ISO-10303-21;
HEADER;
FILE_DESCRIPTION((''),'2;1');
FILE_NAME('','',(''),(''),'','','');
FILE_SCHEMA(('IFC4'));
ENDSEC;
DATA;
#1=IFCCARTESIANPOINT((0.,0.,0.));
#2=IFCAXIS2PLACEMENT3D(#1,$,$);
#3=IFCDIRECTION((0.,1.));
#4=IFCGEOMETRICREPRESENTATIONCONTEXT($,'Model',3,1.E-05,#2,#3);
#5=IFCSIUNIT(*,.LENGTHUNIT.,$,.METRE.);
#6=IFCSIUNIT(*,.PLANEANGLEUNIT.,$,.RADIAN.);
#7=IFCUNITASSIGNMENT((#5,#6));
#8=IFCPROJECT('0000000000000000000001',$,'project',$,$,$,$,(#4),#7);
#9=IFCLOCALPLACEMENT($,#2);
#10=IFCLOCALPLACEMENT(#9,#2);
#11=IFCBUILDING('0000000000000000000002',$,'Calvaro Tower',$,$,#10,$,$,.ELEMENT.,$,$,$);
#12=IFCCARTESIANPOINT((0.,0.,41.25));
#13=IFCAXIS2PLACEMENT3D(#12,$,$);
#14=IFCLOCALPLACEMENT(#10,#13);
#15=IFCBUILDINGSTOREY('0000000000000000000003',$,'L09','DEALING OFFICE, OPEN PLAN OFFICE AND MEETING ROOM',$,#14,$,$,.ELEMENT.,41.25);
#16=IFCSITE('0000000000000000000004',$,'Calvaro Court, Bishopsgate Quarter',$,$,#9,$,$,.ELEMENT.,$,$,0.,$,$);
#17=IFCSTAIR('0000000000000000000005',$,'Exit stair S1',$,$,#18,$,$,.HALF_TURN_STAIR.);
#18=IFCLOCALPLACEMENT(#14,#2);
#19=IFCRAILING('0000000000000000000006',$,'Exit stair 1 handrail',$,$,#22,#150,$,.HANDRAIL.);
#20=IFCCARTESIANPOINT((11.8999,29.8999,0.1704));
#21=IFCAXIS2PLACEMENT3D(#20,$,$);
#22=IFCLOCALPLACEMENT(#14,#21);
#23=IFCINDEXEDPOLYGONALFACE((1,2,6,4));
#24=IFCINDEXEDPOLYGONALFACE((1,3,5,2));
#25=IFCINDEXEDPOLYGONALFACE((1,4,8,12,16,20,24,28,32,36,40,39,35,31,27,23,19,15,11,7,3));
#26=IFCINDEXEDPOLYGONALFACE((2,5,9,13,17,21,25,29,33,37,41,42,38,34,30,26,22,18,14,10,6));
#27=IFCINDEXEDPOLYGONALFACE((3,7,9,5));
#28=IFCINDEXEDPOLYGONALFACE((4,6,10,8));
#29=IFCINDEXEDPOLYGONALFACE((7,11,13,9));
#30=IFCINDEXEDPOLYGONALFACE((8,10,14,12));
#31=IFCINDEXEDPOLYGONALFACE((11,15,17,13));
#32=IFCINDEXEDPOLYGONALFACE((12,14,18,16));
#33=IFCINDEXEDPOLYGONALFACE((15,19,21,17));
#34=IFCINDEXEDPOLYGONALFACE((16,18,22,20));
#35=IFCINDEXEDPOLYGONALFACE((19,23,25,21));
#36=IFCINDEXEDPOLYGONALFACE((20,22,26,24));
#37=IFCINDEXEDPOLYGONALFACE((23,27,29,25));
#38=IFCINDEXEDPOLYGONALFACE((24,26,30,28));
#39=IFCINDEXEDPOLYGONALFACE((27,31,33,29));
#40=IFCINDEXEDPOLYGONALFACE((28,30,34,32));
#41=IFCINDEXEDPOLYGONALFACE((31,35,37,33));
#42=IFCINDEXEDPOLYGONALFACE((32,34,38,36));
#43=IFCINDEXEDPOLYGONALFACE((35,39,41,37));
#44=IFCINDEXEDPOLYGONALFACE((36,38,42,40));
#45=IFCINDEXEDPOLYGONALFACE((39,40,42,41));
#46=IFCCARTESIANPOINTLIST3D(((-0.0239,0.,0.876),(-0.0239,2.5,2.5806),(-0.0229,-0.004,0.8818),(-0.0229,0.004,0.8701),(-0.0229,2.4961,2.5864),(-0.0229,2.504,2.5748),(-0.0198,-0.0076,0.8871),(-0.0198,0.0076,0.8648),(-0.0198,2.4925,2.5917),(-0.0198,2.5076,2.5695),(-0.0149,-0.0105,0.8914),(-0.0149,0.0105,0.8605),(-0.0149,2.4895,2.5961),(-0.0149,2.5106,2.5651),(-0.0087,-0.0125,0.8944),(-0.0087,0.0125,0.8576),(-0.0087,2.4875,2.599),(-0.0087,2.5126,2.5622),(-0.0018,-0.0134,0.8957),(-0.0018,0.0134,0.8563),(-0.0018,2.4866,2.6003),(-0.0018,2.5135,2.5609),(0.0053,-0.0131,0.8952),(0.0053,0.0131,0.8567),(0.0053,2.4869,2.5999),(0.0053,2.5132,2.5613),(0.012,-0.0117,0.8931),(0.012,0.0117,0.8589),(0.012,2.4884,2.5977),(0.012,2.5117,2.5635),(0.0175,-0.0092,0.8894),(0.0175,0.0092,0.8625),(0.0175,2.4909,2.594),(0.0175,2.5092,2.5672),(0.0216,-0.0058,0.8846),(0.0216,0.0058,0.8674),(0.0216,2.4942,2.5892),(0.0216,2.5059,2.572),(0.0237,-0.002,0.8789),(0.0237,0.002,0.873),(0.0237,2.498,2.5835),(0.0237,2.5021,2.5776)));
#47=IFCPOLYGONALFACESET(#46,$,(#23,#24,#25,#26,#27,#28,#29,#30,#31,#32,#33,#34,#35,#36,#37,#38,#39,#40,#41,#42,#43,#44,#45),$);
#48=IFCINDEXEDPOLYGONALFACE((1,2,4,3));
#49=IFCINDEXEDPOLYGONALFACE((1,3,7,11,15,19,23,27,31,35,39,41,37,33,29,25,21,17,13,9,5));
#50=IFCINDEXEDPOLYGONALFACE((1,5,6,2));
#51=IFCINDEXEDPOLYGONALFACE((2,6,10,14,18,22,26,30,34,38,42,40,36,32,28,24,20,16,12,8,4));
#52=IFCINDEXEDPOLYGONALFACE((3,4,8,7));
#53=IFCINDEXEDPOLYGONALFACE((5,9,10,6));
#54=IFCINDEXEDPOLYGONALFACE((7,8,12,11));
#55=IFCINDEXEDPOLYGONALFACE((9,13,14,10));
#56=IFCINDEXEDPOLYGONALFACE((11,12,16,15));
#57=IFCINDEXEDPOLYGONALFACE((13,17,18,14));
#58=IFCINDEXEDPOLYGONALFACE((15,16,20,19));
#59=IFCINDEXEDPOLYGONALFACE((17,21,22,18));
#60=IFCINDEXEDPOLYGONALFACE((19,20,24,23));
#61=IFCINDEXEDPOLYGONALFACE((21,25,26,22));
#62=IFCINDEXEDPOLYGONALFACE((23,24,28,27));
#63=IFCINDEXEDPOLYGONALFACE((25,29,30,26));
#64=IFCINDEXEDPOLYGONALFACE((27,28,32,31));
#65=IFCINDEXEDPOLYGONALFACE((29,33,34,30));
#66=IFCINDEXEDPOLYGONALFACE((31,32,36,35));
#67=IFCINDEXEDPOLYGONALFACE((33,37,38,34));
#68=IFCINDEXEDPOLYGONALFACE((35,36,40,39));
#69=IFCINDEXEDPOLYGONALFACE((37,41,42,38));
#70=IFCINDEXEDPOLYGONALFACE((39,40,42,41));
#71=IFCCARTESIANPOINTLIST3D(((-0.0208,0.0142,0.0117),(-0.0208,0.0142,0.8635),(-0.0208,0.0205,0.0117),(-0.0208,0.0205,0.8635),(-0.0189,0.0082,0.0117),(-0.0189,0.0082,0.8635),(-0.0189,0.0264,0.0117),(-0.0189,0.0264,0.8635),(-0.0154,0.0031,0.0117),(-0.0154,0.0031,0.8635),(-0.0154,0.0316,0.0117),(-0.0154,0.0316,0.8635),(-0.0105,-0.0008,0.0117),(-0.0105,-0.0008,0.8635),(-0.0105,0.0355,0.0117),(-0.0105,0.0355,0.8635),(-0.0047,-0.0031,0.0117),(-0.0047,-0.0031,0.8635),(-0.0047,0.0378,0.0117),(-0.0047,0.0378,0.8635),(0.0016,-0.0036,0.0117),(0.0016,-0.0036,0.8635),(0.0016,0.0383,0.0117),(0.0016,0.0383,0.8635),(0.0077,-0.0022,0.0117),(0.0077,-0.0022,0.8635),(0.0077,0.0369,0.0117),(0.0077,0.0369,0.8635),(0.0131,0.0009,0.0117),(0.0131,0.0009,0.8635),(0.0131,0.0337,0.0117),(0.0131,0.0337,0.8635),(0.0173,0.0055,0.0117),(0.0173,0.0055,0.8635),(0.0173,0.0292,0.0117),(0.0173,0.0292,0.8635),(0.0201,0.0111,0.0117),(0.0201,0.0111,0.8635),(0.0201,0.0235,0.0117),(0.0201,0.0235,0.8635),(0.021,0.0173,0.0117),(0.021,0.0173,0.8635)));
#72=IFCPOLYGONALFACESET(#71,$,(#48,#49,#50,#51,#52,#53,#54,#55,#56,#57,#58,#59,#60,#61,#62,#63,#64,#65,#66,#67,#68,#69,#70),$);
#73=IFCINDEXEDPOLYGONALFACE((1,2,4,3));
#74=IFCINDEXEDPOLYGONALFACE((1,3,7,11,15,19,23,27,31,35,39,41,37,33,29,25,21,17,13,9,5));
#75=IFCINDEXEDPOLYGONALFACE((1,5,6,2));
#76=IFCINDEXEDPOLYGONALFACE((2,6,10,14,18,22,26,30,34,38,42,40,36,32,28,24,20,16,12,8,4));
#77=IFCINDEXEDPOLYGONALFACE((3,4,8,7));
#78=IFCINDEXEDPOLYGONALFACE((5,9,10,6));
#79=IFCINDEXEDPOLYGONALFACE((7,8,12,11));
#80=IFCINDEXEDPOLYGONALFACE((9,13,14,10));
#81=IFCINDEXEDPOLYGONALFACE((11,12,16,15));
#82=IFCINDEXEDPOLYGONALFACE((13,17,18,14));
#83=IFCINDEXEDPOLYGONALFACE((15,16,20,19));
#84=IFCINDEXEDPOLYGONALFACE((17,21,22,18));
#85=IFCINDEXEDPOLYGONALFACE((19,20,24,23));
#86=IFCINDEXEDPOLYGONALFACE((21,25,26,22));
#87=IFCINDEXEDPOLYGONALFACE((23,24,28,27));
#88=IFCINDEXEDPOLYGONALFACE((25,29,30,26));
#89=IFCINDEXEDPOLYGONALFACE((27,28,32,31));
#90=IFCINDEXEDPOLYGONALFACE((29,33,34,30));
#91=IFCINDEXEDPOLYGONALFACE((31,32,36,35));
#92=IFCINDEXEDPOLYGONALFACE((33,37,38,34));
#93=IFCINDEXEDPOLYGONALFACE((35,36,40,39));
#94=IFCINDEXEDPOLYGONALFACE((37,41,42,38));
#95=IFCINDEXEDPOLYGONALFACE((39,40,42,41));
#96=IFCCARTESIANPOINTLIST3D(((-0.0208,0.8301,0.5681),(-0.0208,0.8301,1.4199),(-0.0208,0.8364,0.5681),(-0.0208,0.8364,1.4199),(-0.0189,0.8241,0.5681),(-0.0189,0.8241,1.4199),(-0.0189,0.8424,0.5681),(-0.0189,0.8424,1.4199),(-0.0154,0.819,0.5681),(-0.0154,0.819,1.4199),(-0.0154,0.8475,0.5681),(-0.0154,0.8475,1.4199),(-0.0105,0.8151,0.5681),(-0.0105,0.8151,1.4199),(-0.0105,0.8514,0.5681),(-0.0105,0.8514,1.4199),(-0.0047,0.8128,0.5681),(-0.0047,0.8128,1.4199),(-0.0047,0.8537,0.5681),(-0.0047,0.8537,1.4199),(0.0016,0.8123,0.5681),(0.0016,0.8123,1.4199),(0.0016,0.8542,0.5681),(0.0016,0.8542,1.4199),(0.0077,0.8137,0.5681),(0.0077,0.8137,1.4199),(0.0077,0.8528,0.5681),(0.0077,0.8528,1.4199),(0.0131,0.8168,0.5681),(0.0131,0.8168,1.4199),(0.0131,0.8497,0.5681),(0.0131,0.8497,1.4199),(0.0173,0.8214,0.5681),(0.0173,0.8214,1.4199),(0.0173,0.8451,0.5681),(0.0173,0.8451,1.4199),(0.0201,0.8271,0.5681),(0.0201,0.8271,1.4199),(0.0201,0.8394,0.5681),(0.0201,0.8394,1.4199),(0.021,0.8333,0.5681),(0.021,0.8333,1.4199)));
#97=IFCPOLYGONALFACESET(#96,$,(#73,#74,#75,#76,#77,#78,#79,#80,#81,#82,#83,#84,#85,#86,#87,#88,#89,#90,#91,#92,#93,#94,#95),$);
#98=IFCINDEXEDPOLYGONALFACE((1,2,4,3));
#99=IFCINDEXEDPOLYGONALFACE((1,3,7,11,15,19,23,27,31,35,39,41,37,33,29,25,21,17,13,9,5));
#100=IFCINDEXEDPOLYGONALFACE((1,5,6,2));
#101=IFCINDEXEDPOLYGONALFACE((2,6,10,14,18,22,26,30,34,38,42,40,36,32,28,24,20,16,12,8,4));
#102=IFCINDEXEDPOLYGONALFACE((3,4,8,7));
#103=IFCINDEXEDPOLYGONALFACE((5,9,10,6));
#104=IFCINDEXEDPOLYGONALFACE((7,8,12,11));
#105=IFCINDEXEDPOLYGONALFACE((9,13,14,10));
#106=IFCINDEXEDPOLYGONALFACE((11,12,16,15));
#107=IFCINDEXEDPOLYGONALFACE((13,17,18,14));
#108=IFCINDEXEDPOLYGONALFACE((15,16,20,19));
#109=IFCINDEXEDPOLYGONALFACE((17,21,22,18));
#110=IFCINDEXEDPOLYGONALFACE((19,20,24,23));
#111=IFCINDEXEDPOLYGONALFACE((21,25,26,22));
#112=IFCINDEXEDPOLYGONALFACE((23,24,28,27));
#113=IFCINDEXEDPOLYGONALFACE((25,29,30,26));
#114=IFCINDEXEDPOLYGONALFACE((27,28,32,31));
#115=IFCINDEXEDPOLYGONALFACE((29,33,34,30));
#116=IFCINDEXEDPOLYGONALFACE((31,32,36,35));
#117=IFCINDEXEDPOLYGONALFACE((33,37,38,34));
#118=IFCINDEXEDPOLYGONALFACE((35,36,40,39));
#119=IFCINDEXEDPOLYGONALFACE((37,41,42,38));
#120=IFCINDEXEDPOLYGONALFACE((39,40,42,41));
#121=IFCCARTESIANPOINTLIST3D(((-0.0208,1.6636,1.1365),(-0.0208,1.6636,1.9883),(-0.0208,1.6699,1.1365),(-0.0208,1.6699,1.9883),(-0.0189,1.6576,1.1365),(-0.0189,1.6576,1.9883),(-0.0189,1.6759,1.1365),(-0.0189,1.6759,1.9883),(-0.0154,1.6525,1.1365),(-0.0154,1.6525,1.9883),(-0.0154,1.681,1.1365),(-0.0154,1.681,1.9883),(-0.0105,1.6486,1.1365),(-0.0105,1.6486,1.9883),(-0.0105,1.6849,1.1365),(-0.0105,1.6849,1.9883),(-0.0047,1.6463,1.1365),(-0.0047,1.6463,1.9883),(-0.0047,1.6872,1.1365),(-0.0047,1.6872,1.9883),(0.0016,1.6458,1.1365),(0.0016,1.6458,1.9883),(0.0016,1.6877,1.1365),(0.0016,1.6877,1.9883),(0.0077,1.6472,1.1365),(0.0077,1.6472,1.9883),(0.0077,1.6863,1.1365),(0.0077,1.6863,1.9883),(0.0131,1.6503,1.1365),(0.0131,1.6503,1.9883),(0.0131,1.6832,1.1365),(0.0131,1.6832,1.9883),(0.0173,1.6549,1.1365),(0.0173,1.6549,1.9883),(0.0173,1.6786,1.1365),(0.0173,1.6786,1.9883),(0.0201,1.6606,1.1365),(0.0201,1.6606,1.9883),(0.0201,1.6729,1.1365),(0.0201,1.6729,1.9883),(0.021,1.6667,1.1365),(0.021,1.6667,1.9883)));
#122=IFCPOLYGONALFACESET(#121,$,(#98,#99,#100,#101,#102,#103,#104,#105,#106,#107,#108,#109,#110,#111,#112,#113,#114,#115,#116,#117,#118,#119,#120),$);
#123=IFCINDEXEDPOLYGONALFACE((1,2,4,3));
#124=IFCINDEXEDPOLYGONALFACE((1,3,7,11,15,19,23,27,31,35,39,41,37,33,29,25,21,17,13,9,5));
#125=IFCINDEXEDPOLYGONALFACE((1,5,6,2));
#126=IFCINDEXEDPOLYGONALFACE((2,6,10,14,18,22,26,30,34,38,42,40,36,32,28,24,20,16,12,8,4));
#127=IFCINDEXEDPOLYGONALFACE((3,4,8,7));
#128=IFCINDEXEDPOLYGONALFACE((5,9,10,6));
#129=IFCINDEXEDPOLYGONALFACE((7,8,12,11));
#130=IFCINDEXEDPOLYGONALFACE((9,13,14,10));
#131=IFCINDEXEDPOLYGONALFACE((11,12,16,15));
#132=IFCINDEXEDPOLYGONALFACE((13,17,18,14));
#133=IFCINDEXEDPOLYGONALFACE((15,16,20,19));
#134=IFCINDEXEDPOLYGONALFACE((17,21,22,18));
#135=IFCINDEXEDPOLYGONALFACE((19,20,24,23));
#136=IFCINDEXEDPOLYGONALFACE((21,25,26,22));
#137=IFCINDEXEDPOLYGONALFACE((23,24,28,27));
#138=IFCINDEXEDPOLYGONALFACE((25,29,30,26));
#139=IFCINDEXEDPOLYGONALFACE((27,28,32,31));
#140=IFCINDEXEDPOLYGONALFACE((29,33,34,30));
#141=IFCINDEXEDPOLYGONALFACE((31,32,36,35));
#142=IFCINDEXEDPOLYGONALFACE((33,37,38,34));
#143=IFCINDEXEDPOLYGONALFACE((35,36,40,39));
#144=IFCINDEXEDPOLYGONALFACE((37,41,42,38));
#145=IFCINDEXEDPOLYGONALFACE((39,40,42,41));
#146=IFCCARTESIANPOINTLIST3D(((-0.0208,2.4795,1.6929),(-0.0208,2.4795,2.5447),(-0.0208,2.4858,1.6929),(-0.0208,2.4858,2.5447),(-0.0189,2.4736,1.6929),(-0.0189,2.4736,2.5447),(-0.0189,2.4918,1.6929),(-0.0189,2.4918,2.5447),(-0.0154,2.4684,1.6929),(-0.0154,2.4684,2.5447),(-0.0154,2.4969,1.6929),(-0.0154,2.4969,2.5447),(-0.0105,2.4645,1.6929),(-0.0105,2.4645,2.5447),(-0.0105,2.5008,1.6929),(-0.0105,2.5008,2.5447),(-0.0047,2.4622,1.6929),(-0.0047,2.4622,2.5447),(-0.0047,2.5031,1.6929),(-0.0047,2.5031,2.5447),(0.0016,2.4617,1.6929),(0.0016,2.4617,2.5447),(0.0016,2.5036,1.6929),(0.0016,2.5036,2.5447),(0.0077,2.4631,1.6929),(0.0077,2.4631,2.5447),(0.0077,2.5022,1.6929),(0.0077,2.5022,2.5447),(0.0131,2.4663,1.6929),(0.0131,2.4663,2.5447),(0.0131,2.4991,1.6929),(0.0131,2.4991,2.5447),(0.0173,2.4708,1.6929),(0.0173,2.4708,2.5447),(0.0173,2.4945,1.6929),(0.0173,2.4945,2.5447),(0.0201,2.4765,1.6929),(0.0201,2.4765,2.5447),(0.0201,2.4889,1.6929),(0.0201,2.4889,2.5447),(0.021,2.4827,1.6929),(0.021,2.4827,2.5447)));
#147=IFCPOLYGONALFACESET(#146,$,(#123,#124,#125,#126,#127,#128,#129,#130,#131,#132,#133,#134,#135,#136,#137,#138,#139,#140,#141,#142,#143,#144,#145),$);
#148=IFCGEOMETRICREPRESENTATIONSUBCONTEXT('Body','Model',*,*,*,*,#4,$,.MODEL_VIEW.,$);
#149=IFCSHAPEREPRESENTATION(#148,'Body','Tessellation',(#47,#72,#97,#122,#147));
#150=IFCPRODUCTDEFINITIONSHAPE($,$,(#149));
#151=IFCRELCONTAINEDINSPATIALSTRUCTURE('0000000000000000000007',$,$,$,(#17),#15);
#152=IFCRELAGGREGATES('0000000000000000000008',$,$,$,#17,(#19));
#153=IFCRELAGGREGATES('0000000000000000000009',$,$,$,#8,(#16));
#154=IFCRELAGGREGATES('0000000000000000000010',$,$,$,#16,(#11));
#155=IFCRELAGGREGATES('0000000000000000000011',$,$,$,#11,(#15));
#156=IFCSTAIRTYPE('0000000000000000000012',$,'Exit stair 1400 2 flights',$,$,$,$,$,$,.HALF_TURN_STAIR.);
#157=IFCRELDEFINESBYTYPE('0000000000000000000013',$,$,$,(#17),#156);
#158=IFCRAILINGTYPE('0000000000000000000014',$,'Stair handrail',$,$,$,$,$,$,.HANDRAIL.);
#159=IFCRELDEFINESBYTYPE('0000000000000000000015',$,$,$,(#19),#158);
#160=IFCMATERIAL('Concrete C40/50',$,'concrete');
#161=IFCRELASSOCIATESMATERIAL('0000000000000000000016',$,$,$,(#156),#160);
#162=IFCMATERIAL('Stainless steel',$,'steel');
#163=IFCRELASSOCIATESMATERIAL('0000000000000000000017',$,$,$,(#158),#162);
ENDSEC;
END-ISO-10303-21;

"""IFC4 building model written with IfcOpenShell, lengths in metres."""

from ifc_helpers import new_model, si_unit, direction, frame, origin, origin_2d, place, context, subcontext, project, spatial, circle, extrude, material, type_object, element, aggregate, save


model = new_model("IFC4")

# Units and contexts
model_context = context("Model", 3, precision=1e-05, world=origin(), true_north=direction((0.0, 1.0)))
body_context = subcontext(model_context, "Body", "Model", "MODEL_VIEW")
ifc_project = project(units=[si_unit("LENGTHUNIT", "METRE"), si_unit("PLANEANGLEUNIT", "RADIAN")], contexts=[model_context])

# Site, building, storey
site_placement = place(None, origin())
site = spatial("IfcSite", under=ifc_project, at=site_placement, Name="Calvaro Court, Bishopsgate Quarter", CompositionType="ELEMENT", RefElevation=0.0)
building_placement = place(site_placement, origin())
building = spatial("IfcBuilding", under=site, at=building_placement, Name="Calvaro Tower", CompositionType="ELEMENT")
storey_placement = place(building_placement, frame((0.0, 0.0, 41.25)))
storey = spatial("IfcBuildingStorey", under=building, at=storey_placement, Name="L09", Description="DEALING OFFICE, OPEN PLAN OFFICE AND MEETING ROOM", CompositionType="ELEMENT", Elevation=41.25)

# Stair, railing
ifc_material_1 = material(Name="Concrete C40/50", Category="concrete")
stair_type = type_object("IfcStairType", Name="Exit stair 1400 2 flights", PredefinedType="HALF_TURN_STAIR", material=ifc_material_1)
stair_placement = place(storey_placement, origin())
stair = element("IfcStair", 1, at=stair_placement, inside=storey, type_object=stair_type, Name="Exit stair S1", PredefinedType="HALF_TURN_STAIR")
ifc_material_2 = material(Name="Stainless steel", Category="steel")
railing_type = type_object("IfcRailingType", Name="Stair handrail", PredefinedType="HANDRAIL", material=ifc_material_2)
railing_1_placement = place(storey_placement, frame((11.8999, 29.8999, 0.1704)))
railing_1 = element("IfcRailing", 2, at=railing_1_placement, type_object=railing_type, Name="Exit stair 1 handrail", PredefinedType="HANDRAIL", context=body_context, shape_type="SweptSolid", body=[
    extrude(circle(Radius=0.0239, at=origin_2d()), frame((0.0, 0.0, 0.876), z_axis=(0.0, 0.826221, 0.563347), x_axis=(-1.0, 0.0, 0.0)), (0.0, 0.0, 1.0), 3.0259),
    extrude(circle(Radius=0.021, at=origin_2d()), frame((0.0, 0.0173, 0.0117)), (0.0, 0.0, 1.0), 0.8518),
    extrude(circle(Radius=0.021, at=origin_2d()), frame((0.0, 0.8333, 0.5681)), (0.0, 0.0, 1.0), 0.8518),
    extrude(circle(Radius=0.021, at=origin_2d()), frame((0.0, 1.6667, 1.1365)), (0.0, 0.0, 1.0), 0.8518),
    extrude(circle(Radius=0.021, at=origin_2d()), frame((0.0, 2.4827, 1.6929)), (0.0, 0.0, 1.0), 0.8518),
])
aggregate(stair, [railing_1])

save(model, "model.ifc")
